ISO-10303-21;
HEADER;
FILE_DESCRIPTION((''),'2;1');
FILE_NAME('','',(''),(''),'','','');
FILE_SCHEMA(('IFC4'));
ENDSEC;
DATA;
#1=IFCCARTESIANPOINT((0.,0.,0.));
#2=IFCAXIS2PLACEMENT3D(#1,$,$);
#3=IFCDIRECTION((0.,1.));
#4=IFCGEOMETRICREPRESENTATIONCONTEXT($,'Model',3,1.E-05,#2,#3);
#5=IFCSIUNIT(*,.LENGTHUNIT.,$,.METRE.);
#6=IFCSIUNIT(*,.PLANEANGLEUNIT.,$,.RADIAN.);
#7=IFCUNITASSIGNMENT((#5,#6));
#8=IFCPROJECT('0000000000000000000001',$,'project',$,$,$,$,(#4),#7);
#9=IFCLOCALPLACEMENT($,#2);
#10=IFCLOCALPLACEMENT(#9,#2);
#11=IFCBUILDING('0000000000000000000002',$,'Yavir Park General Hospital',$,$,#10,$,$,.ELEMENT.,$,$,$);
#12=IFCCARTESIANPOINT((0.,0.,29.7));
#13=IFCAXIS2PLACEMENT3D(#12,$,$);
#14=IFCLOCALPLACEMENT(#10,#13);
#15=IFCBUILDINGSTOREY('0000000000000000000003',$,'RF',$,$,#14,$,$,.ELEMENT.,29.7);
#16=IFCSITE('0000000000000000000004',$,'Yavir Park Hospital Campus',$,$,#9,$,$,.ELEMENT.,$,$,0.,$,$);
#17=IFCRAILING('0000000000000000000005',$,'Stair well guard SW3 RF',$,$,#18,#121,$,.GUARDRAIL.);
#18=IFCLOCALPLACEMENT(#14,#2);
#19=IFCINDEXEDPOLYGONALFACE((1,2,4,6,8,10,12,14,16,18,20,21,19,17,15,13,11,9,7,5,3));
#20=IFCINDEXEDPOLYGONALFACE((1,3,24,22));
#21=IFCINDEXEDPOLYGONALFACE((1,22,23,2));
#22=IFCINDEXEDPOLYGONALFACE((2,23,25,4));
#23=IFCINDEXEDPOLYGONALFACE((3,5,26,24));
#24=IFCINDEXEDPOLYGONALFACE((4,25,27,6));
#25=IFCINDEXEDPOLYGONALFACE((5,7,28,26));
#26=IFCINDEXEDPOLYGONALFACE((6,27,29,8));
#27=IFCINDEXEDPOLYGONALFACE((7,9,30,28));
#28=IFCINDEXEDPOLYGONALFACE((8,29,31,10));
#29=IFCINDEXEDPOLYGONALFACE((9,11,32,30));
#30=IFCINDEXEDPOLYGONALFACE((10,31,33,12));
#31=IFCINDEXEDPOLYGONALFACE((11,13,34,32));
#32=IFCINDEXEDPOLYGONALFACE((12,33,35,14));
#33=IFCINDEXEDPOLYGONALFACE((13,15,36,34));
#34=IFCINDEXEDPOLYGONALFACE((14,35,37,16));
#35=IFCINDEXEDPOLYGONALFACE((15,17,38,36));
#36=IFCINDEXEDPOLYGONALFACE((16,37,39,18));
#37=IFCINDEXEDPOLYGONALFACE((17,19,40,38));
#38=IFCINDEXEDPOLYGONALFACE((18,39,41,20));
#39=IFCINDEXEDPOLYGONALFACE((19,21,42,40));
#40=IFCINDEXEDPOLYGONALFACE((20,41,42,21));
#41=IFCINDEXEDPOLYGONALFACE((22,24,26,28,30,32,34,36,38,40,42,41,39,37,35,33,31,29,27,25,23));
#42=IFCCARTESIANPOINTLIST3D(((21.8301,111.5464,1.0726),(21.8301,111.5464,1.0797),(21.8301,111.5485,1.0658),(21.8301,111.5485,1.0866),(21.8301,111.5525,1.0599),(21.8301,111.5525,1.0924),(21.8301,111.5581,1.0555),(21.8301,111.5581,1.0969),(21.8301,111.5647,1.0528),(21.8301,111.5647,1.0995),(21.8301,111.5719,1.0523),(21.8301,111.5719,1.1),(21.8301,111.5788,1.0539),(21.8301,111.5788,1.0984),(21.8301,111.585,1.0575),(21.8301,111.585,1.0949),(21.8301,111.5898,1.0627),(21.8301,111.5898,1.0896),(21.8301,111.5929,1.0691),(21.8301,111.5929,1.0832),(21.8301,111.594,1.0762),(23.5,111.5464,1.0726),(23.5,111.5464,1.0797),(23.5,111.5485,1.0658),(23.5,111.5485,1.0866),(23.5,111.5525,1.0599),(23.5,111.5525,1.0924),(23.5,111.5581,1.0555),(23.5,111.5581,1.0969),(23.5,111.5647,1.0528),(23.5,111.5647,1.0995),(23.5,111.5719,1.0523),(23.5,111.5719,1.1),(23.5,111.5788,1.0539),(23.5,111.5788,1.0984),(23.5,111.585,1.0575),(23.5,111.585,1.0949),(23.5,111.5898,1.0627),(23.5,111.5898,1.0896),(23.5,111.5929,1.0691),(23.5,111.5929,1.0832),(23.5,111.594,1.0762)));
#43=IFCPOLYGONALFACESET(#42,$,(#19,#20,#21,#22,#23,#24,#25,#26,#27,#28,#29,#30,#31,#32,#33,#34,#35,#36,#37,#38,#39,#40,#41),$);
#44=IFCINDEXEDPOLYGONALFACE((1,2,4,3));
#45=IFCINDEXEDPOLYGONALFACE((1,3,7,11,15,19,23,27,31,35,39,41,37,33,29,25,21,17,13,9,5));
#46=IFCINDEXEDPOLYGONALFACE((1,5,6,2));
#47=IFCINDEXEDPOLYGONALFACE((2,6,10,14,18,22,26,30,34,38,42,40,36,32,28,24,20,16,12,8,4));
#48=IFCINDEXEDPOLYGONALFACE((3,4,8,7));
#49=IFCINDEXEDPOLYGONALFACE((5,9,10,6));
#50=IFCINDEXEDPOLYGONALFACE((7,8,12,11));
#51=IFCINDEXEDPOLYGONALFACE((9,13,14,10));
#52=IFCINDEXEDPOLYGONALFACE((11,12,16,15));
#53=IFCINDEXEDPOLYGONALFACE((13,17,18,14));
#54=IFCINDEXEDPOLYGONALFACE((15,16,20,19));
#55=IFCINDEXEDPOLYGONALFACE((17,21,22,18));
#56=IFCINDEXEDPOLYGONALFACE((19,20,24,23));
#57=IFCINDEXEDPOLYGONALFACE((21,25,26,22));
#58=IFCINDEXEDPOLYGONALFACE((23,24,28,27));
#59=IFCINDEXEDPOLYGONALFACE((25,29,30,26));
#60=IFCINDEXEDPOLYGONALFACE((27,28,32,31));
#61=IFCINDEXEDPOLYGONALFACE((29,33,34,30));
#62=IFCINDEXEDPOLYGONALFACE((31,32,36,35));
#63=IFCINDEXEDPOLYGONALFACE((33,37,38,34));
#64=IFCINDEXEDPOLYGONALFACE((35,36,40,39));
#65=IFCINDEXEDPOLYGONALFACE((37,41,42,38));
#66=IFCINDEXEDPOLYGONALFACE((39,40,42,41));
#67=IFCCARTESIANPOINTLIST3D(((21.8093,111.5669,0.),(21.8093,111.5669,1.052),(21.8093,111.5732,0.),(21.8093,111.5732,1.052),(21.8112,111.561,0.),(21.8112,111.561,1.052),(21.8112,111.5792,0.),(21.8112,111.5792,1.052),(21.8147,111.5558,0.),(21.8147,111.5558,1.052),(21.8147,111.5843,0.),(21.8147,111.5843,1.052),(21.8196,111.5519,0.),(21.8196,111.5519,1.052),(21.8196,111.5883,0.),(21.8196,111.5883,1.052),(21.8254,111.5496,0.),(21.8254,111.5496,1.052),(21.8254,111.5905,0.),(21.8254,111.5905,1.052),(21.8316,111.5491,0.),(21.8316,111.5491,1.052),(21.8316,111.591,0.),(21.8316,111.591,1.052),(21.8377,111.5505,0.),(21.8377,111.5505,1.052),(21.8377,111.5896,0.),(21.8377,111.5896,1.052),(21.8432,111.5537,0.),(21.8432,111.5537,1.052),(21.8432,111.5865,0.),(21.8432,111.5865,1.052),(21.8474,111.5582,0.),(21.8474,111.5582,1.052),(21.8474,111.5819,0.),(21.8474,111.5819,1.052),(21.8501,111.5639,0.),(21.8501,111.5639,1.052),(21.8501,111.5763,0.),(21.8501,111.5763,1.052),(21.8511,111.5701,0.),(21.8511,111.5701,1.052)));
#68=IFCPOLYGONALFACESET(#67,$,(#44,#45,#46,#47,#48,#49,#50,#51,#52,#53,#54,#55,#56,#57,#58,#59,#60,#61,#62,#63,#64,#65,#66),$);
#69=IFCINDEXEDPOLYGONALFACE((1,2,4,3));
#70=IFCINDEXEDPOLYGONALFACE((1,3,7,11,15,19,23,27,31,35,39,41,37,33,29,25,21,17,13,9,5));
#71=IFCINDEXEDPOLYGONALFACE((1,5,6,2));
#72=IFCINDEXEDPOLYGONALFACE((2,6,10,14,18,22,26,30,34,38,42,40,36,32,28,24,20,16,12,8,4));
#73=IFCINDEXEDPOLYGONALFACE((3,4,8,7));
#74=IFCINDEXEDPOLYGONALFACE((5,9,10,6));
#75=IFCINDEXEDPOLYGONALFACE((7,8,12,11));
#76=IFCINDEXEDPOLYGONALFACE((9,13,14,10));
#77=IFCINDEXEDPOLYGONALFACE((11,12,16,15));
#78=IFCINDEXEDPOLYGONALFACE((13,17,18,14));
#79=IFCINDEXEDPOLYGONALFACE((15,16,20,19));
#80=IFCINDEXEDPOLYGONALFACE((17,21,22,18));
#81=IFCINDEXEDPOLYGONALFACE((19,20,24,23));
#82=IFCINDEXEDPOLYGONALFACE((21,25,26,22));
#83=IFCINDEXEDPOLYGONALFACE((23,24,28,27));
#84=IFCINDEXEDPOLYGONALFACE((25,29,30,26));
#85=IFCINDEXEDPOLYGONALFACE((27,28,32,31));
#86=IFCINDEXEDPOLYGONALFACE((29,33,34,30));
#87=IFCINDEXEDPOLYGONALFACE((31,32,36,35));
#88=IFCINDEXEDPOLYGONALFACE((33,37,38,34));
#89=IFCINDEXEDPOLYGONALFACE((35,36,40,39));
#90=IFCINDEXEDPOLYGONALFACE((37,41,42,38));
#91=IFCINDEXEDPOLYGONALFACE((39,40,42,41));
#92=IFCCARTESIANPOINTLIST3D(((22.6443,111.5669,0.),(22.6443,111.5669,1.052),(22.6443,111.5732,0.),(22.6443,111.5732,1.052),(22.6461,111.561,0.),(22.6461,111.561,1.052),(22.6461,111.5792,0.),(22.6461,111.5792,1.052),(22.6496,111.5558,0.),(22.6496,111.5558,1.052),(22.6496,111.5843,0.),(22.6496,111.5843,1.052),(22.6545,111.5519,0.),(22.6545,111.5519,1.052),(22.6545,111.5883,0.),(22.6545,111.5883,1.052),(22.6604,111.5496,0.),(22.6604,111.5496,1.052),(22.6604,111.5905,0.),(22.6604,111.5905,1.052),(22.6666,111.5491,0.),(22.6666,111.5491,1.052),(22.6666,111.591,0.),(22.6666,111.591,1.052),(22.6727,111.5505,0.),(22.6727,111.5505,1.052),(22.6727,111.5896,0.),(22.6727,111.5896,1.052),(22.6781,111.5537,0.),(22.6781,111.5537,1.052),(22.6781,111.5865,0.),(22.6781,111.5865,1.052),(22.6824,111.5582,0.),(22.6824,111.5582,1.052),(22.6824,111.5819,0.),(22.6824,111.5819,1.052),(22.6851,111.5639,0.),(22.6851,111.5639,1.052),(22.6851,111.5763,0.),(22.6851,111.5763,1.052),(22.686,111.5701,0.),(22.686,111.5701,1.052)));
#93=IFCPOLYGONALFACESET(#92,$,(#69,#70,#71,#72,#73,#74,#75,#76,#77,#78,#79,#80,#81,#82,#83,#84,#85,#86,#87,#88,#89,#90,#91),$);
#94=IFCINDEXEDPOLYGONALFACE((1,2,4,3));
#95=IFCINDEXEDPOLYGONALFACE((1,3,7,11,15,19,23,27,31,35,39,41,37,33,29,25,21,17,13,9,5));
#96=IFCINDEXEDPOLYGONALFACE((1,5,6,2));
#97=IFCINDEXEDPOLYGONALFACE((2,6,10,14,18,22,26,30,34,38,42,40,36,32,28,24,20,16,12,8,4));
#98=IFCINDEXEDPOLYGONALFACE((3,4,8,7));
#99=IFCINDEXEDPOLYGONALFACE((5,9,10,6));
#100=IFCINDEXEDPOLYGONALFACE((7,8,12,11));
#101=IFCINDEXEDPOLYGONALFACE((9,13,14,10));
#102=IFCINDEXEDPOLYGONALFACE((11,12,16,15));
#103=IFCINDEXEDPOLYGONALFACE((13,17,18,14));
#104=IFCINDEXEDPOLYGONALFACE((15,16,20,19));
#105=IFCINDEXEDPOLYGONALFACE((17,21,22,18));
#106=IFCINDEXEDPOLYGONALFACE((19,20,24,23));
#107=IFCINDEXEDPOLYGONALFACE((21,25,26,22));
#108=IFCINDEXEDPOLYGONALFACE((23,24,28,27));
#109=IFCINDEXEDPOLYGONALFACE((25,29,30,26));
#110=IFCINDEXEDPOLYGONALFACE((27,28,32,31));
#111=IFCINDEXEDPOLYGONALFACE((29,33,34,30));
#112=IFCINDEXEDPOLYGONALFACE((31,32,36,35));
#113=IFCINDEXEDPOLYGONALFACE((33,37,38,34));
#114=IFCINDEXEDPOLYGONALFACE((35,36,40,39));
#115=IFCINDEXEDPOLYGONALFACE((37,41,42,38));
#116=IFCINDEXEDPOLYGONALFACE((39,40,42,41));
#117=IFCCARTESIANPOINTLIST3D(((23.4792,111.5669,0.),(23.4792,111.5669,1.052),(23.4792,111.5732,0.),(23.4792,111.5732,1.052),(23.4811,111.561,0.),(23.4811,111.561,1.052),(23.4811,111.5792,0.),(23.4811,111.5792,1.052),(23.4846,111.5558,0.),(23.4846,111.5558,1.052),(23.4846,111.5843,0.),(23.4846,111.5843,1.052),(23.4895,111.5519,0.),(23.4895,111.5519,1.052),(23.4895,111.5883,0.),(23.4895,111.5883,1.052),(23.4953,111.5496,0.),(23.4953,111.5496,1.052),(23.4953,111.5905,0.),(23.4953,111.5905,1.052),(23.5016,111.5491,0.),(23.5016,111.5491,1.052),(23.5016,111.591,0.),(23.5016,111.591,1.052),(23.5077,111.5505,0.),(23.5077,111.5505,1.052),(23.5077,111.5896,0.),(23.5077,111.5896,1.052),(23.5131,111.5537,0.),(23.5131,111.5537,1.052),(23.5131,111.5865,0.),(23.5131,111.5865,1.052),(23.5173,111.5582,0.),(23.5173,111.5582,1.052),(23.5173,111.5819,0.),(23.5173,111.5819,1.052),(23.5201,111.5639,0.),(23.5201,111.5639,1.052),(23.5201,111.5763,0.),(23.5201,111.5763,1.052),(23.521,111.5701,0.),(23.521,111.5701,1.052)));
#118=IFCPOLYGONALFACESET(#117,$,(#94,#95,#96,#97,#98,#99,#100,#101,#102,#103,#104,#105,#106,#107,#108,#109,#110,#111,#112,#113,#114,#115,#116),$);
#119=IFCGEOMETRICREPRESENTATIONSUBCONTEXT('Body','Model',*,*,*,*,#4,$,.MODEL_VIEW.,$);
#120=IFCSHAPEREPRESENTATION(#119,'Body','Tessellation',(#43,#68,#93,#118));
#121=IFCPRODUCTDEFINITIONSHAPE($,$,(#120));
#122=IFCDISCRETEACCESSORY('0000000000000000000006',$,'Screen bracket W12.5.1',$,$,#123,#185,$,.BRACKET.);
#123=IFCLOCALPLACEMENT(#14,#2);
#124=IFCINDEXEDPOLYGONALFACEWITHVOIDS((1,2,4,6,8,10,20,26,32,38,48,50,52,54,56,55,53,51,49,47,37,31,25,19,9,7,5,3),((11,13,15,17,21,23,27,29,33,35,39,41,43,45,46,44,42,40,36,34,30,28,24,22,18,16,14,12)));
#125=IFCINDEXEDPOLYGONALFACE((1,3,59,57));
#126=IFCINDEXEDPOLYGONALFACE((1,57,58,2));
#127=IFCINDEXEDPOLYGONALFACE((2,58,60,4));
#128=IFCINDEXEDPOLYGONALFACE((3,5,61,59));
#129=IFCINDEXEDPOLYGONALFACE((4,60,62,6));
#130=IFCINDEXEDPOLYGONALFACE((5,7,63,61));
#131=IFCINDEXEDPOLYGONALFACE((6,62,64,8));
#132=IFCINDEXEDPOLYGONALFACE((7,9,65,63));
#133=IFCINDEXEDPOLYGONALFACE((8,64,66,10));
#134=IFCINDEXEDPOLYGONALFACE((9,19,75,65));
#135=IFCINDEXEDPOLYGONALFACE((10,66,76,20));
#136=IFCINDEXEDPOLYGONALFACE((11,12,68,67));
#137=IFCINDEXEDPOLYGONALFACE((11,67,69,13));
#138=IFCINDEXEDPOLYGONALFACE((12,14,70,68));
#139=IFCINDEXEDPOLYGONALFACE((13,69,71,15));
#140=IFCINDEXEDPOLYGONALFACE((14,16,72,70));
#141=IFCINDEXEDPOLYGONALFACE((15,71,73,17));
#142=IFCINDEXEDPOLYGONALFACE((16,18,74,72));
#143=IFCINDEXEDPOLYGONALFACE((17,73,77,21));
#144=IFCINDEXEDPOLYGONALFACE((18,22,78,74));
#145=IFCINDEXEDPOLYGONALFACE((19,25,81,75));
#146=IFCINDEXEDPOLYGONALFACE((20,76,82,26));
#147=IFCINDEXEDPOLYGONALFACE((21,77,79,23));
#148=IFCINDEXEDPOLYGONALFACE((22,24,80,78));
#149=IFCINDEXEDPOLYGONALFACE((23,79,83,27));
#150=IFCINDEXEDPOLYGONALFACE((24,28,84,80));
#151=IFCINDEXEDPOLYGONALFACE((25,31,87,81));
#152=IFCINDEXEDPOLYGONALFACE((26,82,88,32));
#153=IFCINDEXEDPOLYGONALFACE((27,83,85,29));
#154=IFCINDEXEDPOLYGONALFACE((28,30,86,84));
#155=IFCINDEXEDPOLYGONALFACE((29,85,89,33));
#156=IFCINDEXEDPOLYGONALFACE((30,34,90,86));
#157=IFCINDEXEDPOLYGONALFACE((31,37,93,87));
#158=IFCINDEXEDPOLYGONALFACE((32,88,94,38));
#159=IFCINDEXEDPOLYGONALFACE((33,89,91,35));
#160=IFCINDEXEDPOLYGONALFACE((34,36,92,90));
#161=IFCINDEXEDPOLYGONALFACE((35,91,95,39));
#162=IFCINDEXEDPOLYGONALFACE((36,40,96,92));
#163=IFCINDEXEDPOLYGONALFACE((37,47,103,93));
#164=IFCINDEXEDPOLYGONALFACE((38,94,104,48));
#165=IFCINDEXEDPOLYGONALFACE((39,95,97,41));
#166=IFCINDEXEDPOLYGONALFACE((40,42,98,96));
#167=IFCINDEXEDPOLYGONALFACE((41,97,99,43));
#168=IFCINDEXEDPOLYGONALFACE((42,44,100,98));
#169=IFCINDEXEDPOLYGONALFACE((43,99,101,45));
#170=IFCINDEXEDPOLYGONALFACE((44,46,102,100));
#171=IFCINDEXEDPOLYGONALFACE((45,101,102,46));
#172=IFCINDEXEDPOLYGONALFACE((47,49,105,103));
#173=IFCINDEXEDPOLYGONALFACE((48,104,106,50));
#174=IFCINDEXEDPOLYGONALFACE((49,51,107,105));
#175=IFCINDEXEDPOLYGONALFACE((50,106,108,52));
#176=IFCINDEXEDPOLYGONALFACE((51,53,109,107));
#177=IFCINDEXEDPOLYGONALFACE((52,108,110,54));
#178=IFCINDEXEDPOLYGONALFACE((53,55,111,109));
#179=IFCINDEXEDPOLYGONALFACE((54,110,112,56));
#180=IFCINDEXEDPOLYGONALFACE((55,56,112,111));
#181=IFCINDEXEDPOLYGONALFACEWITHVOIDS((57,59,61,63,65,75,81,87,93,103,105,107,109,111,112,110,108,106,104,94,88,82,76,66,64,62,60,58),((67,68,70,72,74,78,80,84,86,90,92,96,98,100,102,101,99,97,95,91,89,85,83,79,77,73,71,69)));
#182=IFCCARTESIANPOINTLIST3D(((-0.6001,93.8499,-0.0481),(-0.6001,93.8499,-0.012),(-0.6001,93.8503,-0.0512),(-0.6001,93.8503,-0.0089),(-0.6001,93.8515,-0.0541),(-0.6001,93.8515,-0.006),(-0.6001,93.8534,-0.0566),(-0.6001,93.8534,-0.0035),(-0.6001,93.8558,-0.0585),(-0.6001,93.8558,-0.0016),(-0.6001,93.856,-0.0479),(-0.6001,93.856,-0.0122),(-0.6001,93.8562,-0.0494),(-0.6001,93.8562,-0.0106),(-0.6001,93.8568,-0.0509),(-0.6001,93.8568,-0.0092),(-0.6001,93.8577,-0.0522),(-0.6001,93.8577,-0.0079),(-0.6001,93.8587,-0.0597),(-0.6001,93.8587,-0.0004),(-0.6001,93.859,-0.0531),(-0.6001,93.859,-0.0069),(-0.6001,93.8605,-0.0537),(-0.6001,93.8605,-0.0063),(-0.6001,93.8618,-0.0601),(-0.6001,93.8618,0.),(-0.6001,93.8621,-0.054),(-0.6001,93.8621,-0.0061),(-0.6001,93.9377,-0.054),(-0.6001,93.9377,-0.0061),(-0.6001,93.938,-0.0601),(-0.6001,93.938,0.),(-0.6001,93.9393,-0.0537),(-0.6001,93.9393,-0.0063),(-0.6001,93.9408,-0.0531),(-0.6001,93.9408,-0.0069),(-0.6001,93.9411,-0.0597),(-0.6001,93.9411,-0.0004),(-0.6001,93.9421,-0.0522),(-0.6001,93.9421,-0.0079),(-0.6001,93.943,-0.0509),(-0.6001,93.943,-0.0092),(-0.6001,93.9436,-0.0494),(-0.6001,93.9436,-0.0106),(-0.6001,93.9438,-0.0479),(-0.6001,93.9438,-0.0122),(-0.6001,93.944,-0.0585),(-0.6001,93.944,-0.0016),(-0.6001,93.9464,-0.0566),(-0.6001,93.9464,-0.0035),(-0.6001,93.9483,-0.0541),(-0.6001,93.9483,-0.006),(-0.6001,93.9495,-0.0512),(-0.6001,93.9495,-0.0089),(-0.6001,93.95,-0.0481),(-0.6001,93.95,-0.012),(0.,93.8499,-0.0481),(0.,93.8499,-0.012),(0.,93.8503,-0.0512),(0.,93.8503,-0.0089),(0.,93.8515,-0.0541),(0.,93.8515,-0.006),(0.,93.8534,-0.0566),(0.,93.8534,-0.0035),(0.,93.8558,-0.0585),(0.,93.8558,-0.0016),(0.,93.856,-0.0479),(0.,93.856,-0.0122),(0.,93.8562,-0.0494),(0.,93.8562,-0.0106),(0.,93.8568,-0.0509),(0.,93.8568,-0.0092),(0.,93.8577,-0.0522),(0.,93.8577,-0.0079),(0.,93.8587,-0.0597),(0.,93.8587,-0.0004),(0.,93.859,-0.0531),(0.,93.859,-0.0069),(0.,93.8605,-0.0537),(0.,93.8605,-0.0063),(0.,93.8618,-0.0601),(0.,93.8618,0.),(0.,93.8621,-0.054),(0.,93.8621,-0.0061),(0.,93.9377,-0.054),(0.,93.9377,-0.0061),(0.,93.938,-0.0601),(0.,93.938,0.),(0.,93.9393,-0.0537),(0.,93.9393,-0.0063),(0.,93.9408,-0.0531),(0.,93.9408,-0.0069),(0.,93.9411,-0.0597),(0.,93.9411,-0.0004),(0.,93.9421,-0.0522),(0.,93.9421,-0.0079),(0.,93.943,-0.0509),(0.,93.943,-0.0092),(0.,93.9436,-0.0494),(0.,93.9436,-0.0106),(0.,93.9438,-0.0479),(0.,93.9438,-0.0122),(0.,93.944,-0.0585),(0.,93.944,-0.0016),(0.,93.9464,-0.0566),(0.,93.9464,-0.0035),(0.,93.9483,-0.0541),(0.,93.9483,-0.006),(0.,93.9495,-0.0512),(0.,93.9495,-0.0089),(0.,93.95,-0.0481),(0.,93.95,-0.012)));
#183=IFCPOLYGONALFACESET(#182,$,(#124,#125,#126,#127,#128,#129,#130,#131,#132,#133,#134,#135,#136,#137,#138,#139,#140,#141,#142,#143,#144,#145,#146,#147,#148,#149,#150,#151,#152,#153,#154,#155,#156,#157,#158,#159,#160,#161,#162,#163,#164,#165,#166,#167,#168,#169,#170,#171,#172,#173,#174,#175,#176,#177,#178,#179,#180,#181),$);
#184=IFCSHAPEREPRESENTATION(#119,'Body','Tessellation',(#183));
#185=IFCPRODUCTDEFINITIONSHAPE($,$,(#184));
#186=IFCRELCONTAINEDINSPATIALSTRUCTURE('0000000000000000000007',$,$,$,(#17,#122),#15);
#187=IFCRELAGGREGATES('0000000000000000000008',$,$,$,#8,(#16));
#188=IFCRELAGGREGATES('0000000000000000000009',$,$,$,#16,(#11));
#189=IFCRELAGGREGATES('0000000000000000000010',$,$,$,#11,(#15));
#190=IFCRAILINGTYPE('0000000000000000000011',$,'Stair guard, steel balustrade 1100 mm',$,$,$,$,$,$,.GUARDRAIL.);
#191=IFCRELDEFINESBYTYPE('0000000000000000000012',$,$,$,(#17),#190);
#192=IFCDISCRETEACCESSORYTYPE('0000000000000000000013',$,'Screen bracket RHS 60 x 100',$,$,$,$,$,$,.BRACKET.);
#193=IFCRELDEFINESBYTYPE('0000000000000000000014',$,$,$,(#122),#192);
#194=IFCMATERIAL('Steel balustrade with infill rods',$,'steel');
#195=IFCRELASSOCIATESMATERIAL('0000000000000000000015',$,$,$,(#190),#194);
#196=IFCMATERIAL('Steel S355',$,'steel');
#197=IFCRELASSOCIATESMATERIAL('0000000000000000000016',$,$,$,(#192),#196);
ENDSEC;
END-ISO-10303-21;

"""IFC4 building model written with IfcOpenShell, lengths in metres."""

from ifc_helpers import new_model, si_unit, direction, frame, origin, origin_2d, place, context, subcontext, project, spatial, hollow_rectangle, circle, extrude, material, material_profile, profile_set, type_object, element, save


model = new_model("IFC4")

# Units and contexts
model_context = context("Model", 3, precision=1e-05, world=origin(), true_north=direction((0.0, 1.0)))
body_context = subcontext(model_context, "Body", "Model", "MODEL_VIEW")
ifc_project = project(units=[si_unit("LENGTHUNIT", "METRE"), si_unit("PLANEANGLEUNIT", "RADIAN")], contexts=[model_context])

# Site, building, storey
site_placement = place(None, origin())
site = spatial("IfcSite", under=ifc_project, at=site_placement, Name="Yavir Park Hospital Campus", CompositionType="ELEMENT", RefElevation=0.0)
building_placement = place(site_placement, origin())
building = spatial("IfcBuilding", under=site, at=building_placement, Name="Yavir Park General Hospital", CompositionType="ELEMENT")
storey_placement = place(building_placement, frame((0.0, 0.0, 29.7)))
storey = spatial("IfcBuildingStorey", under=building, at=storey_placement, Name="RF", CompositionType="ELEMENT", Elevation=29.7)

# Railing
ifc_material_1 = material(Name="Steel balustrade with infill rods", Category="steel")
railing_type = type_object("IfcRailingType", Name="Stair guard, steel balustrade 1100 mm", PredefinedType="GUARDRAIL", material=ifc_material_1)
railing_placement = place(storey_placement, frame((21.8301, 111.5701, 0.0)))
element("IfcRailing", 1, at=railing_placement, inside=storey, type_object=railing_type, Name="Stair well guard SW3 RF", PredefinedType="GUARDRAIL", context=body_context, shape_type="SweptSolid", body=[
    extrude(circle(Radius=0.0239, at=origin_2d()), frame((0.0, 0.0, 1.0762), z_axis=(1.0, 0.0, 0.0), x_axis=(0.0, 1.0, 0.0)), (0.0, 0.0, 1.0), 1.6699),
    extrude(circle(Radius=0.021, at=origin_2d()), origin(), (0.0, 0.0, 1.0), 1.052),
    extrude(circle(Radius=0.021, at=origin_2d()), frame((0.835, 0.0, 0.0)), (0.0, 0.0, 1.0), 1.052),
    extrude(circle(Radius=0.021, at=origin_2d()), frame((1.6699, 0.0, 0.0)), (0.0, 0.0, 1.0), 1.052),
])

# Discrete accessory
ifc_material_2 = material(Name="Steel S355", Category="steel")
ifc_material_profile_1 = material_profile(ifc_material_2, hollow_rectangle(XDim=0.1001, YDim=0.0601, WallThickness=0.0061, InnerFilletRadius=0.0061, OuterFilletRadius=0.012, at=origin_2d()), Name="RHS60x100x6")
ifc_profile_set_1 = profile_set([ifc_material_profile_1], Name="Steel S355")
discrete_accessory_type_1 = type_object("IfcDiscreteAccessoryType", Name="Screen bracket RHS 60 x 100", PredefinedType="BRACKET", material=ifc_profile_set_1)
for number, where, z_axis, x_axis, name in (
    (2, (0.0, 93.8999, -0.03), (-1.0, 0.0, 0.0), (0.0, -1.0, 0.0), "Screen bracket W12.5.1"),
):
    element("IfcDiscreteAccessory", number, at=place(storey_placement, frame(where, z_axis=z_axis, x_axis=x_axis)), inside=storey, type_object=discrete_accessory_type_1, Name=name, PredefinedType="BRACKET", context=body_context, shape_type="SweptSolid", body=[
        extrude(hollow_rectangle(XDim=0.1001, YDim=0.0601, WallThickness=0.0061, InnerFilletRadius=0.0061, OuterFilletRadius=0.012, at=origin_2d()), origin(), (0.0, 0.0, 1.0), 0.6001),
    ])

save(model, "model.ifc")
